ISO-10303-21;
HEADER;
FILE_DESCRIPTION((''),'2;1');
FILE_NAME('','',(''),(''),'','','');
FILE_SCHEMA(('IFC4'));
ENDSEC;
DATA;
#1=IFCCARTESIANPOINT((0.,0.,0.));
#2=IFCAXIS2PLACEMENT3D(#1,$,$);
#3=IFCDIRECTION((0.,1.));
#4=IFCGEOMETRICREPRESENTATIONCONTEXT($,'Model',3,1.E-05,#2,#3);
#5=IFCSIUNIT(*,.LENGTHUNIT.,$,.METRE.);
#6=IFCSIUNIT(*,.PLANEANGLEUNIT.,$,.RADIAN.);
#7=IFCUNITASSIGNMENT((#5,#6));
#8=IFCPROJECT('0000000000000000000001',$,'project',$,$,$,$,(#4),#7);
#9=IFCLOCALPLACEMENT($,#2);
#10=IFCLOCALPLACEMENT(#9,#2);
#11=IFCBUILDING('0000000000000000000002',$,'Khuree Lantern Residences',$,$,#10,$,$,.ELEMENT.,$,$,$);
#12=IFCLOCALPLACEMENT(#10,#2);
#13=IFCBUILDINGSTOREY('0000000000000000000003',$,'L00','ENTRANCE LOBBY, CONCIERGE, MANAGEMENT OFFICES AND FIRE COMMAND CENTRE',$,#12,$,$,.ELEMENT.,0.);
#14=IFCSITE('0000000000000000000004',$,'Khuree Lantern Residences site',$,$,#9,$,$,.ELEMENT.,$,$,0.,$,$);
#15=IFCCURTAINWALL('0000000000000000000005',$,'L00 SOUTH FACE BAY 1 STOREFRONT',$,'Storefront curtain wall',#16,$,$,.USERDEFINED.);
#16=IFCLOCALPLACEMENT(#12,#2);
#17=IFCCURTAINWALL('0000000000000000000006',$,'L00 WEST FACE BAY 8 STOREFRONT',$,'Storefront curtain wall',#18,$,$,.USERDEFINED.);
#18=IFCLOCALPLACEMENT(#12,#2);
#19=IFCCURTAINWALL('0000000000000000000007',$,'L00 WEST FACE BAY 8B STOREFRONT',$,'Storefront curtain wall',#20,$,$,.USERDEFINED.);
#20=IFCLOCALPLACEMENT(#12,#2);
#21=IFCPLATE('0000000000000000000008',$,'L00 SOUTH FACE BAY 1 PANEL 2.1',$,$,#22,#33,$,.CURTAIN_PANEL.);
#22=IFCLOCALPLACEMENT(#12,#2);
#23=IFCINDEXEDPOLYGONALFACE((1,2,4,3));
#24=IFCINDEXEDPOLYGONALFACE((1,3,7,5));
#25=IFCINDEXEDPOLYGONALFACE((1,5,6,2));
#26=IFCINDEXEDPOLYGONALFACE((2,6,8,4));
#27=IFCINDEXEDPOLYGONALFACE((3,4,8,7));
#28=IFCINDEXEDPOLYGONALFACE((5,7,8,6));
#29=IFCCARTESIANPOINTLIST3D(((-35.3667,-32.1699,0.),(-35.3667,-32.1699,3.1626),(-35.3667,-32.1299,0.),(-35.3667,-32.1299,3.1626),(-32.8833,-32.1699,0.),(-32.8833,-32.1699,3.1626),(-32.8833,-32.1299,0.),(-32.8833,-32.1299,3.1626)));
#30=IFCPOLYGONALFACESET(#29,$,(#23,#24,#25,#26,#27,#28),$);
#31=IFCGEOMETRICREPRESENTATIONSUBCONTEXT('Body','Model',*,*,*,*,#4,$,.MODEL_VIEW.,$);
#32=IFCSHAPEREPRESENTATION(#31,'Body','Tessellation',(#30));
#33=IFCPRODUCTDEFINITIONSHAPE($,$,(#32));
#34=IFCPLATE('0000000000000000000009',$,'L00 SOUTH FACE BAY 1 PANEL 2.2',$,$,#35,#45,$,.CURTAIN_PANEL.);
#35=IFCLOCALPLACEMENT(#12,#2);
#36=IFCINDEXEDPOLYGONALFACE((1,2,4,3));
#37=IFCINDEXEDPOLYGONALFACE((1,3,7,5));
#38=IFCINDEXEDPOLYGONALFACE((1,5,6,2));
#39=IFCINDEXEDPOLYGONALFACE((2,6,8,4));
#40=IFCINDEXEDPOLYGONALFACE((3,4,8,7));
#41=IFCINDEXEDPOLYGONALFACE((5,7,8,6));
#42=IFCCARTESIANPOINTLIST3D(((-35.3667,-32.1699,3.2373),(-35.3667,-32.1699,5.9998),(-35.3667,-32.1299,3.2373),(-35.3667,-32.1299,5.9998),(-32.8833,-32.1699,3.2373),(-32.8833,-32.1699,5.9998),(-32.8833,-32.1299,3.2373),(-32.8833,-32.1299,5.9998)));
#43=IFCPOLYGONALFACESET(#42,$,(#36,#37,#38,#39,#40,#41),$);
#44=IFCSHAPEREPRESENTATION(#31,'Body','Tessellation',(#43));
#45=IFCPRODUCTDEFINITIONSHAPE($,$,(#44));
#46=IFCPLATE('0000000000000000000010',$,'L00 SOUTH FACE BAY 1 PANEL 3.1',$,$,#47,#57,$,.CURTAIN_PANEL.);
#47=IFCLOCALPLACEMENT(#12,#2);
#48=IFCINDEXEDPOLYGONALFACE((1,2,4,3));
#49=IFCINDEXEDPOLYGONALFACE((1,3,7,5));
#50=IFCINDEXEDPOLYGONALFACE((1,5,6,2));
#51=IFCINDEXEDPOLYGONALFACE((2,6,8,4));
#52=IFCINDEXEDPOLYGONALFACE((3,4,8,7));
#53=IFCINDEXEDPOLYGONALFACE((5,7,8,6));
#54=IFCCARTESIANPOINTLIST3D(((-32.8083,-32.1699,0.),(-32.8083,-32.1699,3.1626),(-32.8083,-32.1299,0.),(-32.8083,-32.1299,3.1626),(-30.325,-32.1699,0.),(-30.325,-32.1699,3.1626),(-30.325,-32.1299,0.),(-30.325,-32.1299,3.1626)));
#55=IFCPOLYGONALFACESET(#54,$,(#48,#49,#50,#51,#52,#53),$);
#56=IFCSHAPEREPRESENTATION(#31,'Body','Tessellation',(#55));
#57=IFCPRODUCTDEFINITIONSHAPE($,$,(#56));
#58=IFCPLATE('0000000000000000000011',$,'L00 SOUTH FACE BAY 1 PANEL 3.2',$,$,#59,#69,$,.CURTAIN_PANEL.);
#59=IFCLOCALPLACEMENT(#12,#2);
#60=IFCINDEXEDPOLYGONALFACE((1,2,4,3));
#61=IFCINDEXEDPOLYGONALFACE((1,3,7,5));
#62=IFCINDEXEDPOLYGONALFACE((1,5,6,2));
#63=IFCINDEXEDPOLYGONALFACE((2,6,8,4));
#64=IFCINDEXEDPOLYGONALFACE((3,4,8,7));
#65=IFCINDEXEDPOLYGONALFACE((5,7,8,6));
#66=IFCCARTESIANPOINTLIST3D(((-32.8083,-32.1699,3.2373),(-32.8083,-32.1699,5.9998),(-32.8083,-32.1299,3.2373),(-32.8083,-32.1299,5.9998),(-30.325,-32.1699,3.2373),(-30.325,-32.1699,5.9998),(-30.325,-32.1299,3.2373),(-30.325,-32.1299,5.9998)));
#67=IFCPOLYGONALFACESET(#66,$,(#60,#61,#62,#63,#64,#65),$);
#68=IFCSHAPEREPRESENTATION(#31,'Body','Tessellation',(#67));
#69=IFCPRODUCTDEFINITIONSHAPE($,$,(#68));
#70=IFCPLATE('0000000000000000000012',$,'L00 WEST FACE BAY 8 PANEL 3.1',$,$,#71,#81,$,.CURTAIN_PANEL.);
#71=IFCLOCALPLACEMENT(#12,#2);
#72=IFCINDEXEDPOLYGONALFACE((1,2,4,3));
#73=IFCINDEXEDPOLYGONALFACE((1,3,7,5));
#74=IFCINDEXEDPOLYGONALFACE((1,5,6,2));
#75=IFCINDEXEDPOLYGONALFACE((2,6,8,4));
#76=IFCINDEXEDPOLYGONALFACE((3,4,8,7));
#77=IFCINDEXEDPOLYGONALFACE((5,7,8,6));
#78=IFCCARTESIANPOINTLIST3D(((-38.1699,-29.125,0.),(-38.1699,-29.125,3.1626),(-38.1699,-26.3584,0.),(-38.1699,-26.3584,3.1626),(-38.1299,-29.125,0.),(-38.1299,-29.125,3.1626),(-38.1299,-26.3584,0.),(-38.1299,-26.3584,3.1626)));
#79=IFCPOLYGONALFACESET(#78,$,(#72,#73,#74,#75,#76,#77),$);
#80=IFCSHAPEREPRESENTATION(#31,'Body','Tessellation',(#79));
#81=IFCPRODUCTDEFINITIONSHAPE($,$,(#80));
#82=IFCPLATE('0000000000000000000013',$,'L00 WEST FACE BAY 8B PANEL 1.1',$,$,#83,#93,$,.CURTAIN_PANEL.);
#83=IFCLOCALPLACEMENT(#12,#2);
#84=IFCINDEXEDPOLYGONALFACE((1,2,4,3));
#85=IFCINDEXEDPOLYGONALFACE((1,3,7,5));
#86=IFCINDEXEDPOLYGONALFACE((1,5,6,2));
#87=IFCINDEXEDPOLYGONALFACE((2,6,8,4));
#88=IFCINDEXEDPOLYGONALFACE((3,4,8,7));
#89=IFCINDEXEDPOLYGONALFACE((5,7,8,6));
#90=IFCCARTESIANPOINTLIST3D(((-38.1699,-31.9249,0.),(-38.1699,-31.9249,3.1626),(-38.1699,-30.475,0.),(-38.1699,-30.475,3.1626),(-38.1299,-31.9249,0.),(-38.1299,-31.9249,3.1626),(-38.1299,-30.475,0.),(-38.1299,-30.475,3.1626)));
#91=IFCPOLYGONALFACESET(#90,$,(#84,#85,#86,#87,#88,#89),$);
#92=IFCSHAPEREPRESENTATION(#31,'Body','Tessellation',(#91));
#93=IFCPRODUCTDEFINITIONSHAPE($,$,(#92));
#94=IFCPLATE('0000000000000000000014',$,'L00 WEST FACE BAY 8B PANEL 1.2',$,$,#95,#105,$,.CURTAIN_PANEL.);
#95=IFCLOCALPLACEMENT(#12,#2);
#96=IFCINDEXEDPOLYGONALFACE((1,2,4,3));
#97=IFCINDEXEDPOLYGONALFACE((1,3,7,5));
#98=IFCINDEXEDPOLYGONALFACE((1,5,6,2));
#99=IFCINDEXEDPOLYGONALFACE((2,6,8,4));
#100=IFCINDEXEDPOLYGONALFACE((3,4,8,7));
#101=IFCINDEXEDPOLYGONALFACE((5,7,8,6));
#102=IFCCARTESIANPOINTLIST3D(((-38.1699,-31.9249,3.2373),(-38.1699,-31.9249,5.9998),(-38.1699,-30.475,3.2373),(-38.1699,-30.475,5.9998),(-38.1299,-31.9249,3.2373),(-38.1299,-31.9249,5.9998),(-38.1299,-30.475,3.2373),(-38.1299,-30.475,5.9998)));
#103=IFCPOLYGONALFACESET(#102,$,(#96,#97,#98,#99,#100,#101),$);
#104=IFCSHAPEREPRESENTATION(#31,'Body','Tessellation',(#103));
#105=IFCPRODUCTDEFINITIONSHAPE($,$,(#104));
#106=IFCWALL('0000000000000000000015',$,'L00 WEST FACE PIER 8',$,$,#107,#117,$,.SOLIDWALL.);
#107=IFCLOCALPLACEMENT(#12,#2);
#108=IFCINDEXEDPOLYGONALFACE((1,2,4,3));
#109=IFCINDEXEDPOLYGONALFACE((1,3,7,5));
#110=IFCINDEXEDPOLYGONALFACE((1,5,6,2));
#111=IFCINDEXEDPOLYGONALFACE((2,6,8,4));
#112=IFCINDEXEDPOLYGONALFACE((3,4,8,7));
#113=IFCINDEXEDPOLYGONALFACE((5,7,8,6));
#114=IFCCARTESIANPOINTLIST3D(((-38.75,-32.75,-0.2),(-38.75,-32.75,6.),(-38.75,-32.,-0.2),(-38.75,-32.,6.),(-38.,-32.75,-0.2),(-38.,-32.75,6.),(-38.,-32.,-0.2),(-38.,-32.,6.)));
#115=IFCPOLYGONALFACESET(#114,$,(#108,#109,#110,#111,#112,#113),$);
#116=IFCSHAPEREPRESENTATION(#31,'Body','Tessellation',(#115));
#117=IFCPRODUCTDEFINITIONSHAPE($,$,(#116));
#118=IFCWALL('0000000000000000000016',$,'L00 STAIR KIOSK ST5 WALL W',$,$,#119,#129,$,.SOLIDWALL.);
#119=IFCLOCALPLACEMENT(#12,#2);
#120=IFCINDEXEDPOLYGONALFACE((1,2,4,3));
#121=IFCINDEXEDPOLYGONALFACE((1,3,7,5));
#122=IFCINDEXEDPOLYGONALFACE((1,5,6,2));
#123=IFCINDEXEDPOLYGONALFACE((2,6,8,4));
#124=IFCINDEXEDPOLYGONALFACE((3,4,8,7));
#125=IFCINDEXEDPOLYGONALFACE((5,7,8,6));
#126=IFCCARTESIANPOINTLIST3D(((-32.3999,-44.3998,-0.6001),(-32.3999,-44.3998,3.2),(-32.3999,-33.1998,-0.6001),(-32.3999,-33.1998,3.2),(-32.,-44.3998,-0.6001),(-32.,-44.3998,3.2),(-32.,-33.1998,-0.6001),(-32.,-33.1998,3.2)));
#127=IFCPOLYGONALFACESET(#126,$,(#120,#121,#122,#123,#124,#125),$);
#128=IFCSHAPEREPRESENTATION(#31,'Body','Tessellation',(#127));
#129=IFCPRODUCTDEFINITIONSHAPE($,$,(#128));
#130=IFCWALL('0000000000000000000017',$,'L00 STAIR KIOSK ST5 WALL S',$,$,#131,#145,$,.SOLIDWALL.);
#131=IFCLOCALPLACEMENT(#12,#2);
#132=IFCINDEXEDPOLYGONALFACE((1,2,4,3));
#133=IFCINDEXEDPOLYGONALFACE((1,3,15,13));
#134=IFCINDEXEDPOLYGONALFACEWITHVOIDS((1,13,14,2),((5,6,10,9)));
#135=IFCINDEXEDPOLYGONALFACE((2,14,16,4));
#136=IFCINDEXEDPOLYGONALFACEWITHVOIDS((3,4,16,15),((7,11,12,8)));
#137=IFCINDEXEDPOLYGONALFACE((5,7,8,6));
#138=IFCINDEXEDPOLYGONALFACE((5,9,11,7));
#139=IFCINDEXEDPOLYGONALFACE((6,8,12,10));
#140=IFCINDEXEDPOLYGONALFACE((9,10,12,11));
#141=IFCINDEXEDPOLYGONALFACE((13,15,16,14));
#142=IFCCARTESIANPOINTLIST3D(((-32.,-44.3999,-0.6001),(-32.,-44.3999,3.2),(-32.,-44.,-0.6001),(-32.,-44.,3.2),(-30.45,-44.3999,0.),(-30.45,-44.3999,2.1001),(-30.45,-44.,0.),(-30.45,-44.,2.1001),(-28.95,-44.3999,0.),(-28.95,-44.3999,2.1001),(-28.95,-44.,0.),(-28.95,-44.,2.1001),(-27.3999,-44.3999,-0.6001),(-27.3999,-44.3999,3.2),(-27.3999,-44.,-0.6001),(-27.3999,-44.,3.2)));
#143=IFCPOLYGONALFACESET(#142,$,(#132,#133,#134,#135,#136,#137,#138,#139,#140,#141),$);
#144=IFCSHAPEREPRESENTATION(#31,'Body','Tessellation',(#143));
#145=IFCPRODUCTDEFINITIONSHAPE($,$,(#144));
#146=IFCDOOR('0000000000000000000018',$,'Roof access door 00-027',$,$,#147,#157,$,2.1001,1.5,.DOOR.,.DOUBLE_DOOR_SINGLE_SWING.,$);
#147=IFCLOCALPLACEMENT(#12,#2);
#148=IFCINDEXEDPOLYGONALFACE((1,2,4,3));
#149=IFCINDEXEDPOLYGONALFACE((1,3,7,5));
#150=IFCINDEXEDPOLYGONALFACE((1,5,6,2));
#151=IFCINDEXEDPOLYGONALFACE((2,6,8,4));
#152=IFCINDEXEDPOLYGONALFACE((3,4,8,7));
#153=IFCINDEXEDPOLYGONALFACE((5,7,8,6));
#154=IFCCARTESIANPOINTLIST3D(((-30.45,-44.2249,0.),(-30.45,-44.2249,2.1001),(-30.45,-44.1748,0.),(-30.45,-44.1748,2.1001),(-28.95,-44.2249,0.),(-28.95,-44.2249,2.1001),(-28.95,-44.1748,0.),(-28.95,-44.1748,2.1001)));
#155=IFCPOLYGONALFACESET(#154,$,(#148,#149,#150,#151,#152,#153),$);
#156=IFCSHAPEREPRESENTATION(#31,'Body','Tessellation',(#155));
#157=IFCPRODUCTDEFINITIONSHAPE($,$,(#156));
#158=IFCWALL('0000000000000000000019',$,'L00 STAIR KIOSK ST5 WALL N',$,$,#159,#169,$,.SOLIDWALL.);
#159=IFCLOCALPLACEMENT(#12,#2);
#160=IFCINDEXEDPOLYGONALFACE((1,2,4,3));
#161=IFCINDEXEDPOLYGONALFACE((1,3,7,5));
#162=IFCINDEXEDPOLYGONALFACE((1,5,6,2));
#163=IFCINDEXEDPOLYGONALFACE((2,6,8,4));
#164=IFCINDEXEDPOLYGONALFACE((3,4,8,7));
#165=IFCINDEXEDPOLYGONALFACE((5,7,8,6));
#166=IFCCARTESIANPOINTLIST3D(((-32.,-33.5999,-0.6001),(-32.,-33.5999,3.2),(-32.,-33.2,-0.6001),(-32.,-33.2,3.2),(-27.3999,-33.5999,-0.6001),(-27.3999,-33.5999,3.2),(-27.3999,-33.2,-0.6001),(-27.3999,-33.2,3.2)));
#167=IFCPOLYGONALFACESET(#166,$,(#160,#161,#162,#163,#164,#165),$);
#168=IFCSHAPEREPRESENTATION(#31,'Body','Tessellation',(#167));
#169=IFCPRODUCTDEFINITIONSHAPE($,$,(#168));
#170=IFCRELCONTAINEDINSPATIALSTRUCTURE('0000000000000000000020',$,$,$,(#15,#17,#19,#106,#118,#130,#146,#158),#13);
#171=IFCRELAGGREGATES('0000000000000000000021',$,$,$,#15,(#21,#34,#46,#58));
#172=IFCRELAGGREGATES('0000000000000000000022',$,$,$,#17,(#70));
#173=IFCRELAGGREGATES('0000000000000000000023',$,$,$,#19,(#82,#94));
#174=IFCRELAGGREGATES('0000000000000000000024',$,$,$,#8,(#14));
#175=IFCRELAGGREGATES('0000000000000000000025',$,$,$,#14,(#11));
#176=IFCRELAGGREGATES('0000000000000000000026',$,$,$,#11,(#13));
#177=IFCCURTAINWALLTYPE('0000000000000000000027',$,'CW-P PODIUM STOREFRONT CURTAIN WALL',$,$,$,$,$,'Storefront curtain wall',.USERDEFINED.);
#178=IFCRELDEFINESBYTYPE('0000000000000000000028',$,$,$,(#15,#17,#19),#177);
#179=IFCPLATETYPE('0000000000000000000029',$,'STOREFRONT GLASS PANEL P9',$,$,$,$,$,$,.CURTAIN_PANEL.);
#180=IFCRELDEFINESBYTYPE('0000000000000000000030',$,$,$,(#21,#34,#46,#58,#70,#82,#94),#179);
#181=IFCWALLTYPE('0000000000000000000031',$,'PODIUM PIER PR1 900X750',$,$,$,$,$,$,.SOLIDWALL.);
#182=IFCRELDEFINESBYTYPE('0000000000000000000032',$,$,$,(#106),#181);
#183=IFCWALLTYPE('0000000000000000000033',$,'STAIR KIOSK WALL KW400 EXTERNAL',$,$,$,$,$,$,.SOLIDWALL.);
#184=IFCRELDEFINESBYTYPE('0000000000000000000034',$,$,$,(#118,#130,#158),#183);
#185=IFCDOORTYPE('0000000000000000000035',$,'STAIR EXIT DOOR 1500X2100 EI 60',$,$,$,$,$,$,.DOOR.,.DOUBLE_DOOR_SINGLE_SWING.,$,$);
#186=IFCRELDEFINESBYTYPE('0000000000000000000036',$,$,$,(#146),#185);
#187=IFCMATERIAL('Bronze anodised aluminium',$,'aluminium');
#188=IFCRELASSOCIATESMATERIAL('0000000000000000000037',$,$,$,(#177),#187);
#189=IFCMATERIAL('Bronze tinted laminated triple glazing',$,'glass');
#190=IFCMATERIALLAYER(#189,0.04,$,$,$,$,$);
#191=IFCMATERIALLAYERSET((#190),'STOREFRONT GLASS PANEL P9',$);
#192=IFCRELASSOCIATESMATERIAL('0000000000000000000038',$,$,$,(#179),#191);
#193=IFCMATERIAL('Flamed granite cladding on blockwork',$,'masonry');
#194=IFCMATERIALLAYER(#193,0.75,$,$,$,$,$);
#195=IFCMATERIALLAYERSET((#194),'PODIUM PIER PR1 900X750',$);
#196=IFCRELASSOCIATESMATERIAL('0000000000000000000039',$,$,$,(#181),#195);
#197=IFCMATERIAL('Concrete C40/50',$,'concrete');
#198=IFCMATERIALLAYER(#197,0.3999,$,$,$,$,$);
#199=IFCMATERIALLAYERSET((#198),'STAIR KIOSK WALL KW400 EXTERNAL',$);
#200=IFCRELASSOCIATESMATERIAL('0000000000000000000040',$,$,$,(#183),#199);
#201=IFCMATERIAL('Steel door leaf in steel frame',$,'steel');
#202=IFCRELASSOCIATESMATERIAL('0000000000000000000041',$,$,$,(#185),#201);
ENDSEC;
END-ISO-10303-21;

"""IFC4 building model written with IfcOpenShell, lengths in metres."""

from ifc_helpers import new_model, si_unit, direction, frame, frame_2d, origin, origin_2d, place, context, subcontext, project, spatial, rectangle, extrude, material, layer, layer_set, type_object, element, fill, aggregate, save


model = new_model("IFC4")

# Units and contexts
model_context = context("Model", 3, precision=1e-05, world=origin(), true_north=direction((0.0, 1.0)))
body_context = subcontext(model_context, "Body", "Model", "MODEL_VIEW")
ifc_project = project(units=[si_unit("LENGTHUNIT", "METRE"), si_unit("PLANEANGLEUNIT", "RADIAN")], contexts=[model_context])

# Site, building, storey
site_placement = place(None, origin())
site = spatial("IfcSite", under=ifc_project, at=site_placement, Name="Khuree Lantern Residences site", CompositionType="ELEMENT", RefElevation=0.0)
building_placement = place(site_placement, origin())
building = spatial("IfcBuilding", under=site, at=building_placement, Name="Khuree Lantern Residences", CompositionType="ELEMENT")
storey_placement = place(building_placement, origin())
storey = spatial("IfcBuildingStorey", under=building, at=storey_placement, Name="L00", Description="ENTRANCE LOBBY, CONCIERGE, MANAGEMENT OFFICES AND FIRE COMMAND CENTRE", CompositionType="ELEMENT", Elevation=0.0)

# Curtain wall
ifc_material_1 = material(Name="Bronze anodised aluminium", Category="aluminium")
curtain_wall_type = type_object("IfcCurtainWallType", Name="CW-P PODIUM STOREFRONT CURTAIN WALL", ElementType="Storefront curtain wall", PredefinedType="USERDEFINED", material=ifc_material_1)
curtain_wall_1_placement = place(storey_placement, origin())
curtain_wall_1 = element("IfcCurtainWall", 1, at=curtain_wall_1_placement, inside=storey, type_object=curtain_wall_type, Name="L00 SOUTH FACE BAY 1 STOREFRONT", ObjectType="Storefront curtain wall", PredefinedType="USERDEFINED")

# Curtain wall
curtain_wall_2_placement = place(storey_placement, origin())
curtain_wall_2 = element("IfcCurtainWall", 2, at=curtain_wall_2_placement, inside=storey, type_object=curtain_wall_type, Name="L00 WEST FACE BAY 8 STOREFRONT", ObjectType="Storefront curtain wall", PredefinedType="USERDEFINED")

# Curtain wall
curtain_wall_3_placement = place(storey_placement, origin())
curtain_wall_3 = element("IfcCurtainWall", 3, at=curtain_wall_3_placement, inside=storey, type_object=curtain_wall_type, Name="L00 WEST FACE BAY 8B STOREFRONT", ObjectType="Storefront curtain wall", PredefinedType="USERDEFINED")

# Shared definitions
ifc_material_2 = material(Name="Concrete C40/50", Category="concrete")

# Plates
ifc_material_3 = material(Name="Bronze tinted laminated triple glazing", Category="glass")
ifc_layer_1 = layer(ifc_material_3, 0.04)
ifc_layer_set_1 = layer_set([ifc_layer_1], Name="STOREFRONT GLASS PANEL P9")
plate_type = type_object("IfcPlateType", Name="STOREFRONT GLASS PANEL P9", PredefinedType="CURTAIN_PANEL", material=ifc_layer_set_1)
plate_1_placement = place(storey_placement, frame((-34.125, -32.1499, 0.0), z_axis=(0.0, 0.0, 1.0), x_axis=(1.0, 0.0, 0.0)))
plate_1 = element("IfcPlate", 4, at=plate_1_placement, type_object=plate_type, Name="L00 SOUTH FACE BAY 1 PANEL 2.1", PredefinedType="CURTAIN_PANEL", context=body_context, shape_type="SweptSolid", body=[
    extrude(rectangle(XDim=2.4834, YDim=0.04, at=origin_2d()), origin(), (0.0, 0.0, 1.0), 3.1626),
])
plate_2_placement = place(storey_placement, frame((-34.125, -32.1499, 3.2373), z_axis=(0.0, 0.0, 1.0), x_axis=(1.0, 0.0, 0.0)))
plate_2 = element("IfcPlate", 5, at=plate_2_placement, type_object=plate_type, Name="L00 SOUTH FACE BAY 1 PANEL 2.2", PredefinedType="CURTAIN_PANEL", context=body_context, shape_type="SweptSolid", body=[
    extrude(rectangle(XDim=2.4834, YDim=0.04, at=origin_2d()), origin(), (0.0, 0.0, 1.0), 2.7625),
])
plate_3_placement = place(storey_placement, frame((-31.5667, -32.1499, 0.0), z_axis=(0.0, 0.0, 1.0), x_axis=(1.0, 0.0, 0.0)))
plate_3 = element("IfcPlate", 6, at=plate_3_placement, type_object=plate_type, Name="L00 SOUTH FACE BAY 1 PANEL 3.1", PredefinedType="CURTAIN_PANEL", context=body_context, shape_type="SweptSolid", body=[
    extrude(rectangle(XDim=2.4834, YDim=0.04, at=origin_2d()), origin(), (0.0, 0.0, 1.0), 3.1626),
])
plate_4_placement = place(storey_placement, frame((-31.5667, -32.1499, 3.2373), z_axis=(0.0, 0.0, 1.0), x_axis=(1.0, 0.0, 0.0)))
plate_4 = element("IfcPlate", 7, at=plate_4_placement, type_object=plate_type, Name="L00 SOUTH FACE BAY 1 PANEL 3.2", PredefinedType="CURTAIN_PANEL", context=body_context, shape_type="SweptSolid", body=[
    extrude(rectangle(XDim=2.4834, YDim=0.04, at=origin_2d()), origin(), (0.0, 0.0, 1.0), 2.7625),
])
aggregate(curtain_wall_1, [plate_1, plate_2, plate_3, plate_4])
plate_5_placement = place(storey_placement, frame((-38.1499, -27.7417, 0.0), z_axis=(0.0, 0.0, 1.0), x_axis=(0.0, -1.0, 0.0)))
plate_5 = element("IfcPlate", 8, at=plate_5_placement, type_object=plate_type, Name="L00 WEST FACE BAY 8 PANEL 3.1", PredefinedType="CURTAIN_PANEL", context=body_context, shape_type="SweptSolid", body=[
    extrude(rectangle(XDim=2.7666, YDim=0.04, at=origin_2d()), origin(), (0.0, 0.0, 1.0), 3.1626),
])
aggregate(curtain_wall_2, [plate_5])
plate_6_placement = place(storey_placement, frame((-38.1499, -31.2, 0.0), z_axis=(0.0, 0.0, 1.0), x_axis=(0.0, -1.0, 0.0)))
plate_6 = element("IfcPlate", 9, at=plate_6_placement, type_object=plate_type, Name="L00 WEST FACE BAY 8B PANEL 1.1", PredefinedType="CURTAIN_PANEL", context=body_context, shape_type="SweptSolid", body=[
    extrude(rectangle(XDim=1.45, YDim=0.04, at=origin_2d()), origin(), (0.0, 0.0, 1.0), 3.1626),
])
plate_7_placement = place(storey_placement, frame((-38.1499, -31.2, 3.2373), z_axis=(0.0, 0.0, 1.0), x_axis=(0.0, -1.0, 0.0)))
plate_7 = element("IfcPlate", 10, at=plate_7_placement, type_object=plate_type, Name="L00 WEST FACE BAY 8B PANEL 1.2", PredefinedType="CURTAIN_PANEL", context=body_context, shape_type="SweptSolid", body=[
    extrude(rectangle(XDim=1.45, YDim=0.04, at=origin_2d()), origin(), (0.0, 0.0, 1.0), 2.7625),
])
aggregate(curtain_wall_3, [plate_6, plate_7])

# Walls
ifc_material_4 = material(Name="Flamed granite cladding on blockwork", Category="masonry")
ifc_layer_2 = layer(ifc_material_4, 0.75)
ifc_layer_set_2 = layer_set([ifc_layer_2], Name="PODIUM PIER PR1 900X750")
wall_type_1 = type_object("IfcWallType", Name="PODIUM PIER PR1 900X750", PredefinedType="SOLIDWALL", material=ifc_layer_set_2)
wall_1_placement = place(storey_placement, frame((-38.375, -32.0, -0.2), z_axis=(0.0, 0.0, 1.0), x_axis=(0.0, -1.0, 0.0)))
element("IfcWall", 11, at=wall_1_placement, inside=storey, type_object=wall_type_1, Name="L00 WEST FACE PIER 8", PredefinedType="SOLIDWALL", context=body_context, shape_type="SweptSolid", body=[
    extrude(rectangle(XDim=0.75, YDim=0.75, at=frame_2d((0.375, 0.0))), origin(), (0.0, 0.0, 1.0), 6.2),
])
ifc_layer_3 = layer(ifc_material_2, 0.3999)
ifc_layer_set_3 = layer_set([ifc_layer_3], Name="STAIR KIOSK WALL KW400 EXTERNAL")
wall_type_2 = type_object("IfcWallType", Name="STAIR KIOSK WALL KW400 EXTERNAL", PredefinedType="SOLIDWALL", material=ifc_layer_set_3)
wall_2_placement = place(storey_placement, frame((-32.2, -44.3999, -0.6001), z_axis=(0.0, 0.0, 1.0), x_axis=(0.0, 1.0, 0.0)))
element("IfcWall", 12, at=wall_2_placement, inside=storey, type_object=wall_type_2, Name="L00 STAIR KIOSK ST5 WALL W", PredefinedType="SOLIDWALL", context=body_context, shape_type="SweptSolid", body=[
    extrude(rectangle(XDim=11.2, YDim=0.3999, at=frame_2d((5.6001, 0.0))), origin(), (0.0, 0.0, 1.0), 3.8),
])

# Wall, opening, door
wall_3_placement = place(storey_placement, frame((-32.0, -44.2, -0.6001), z_axis=(0.0, 0.0, 1.0), x_axis=(1.0, 0.0, 0.0)))
wall_3 = element("IfcWall", 13, at=wall_3_placement, inside=storey, type_object=wall_type_2, Name="L00 STAIR KIOSK ST5 WALL S", PredefinedType="SOLIDWALL", context=body_context, shape_type="SweptSolid", body=[
    extrude(rectangle(XDim=4.6001, YDim=0.3999, at=frame_2d((2.3, 0.0))), origin(), (0.0, 0.0, 1.0), 3.8),
])
opening_placement = place(wall_3_placement, frame((3.05, 0.0, 0.6001), z_axis=(0.0, 0.0, 1.0), x_axis=(-1.0, 0.0, 0.0)))
opening = element("IfcOpeningElement", 14, at=opening_placement, cuts=wall_3, PredefinedType="OPENING", context=body_context, shape_type="SweptSolid", body=[
    extrude(rectangle(XDim=1.5, YDim=2.1001, at=frame_2d((0.75, 1.05))), frame((0.0, 0.21, 0.0), z_axis=(0.0, -1.0, 0.0), x_axis=(1.0, 0.0, 0.0)), (0.0, 0.0, 1.0), 0.4199),
])
ifc_material_5 = material(Name="Steel door leaf in steel frame", Category="steel")
door_type = type_object("IfcDoorType", Name="STAIR EXIT DOOR 1500X2100 EI 60", OperationType="DOUBLE_DOOR_SINGLE_SWING", PredefinedType="DOOR", material=ifc_material_5)
door_placement = place(opening_placement, origin())
door = element("IfcDoor", 15, at=door_placement, inside=storey, type_object=door_type, Name="Roof access door 00-027", OperationType="DOUBLE_DOOR_SINGLE_SWING", OverallHeight=2.1001, OverallWidth=1.5, PredefinedType="DOOR", context=body_context, shape_type="SweptSolid", body=[
    extrude(rectangle(XDim=1.5, YDim=2.1001, at=frame_2d((0.75, 1.05))), frame((0.0, 0.0249, 0.0), z_axis=(0.0, -1.0, 0.0), x_axis=(1.0, 0.0, 0.0)), (0.0, 0.0, 1.0), 0.05),
])
fill(opening, door)

# Wall
wall_4_placement = place(storey_placement, frame((-32.0, -33.3999, -0.6001), z_axis=(0.0, 0.0, 1.0), x_axis=(1.0, 0.0, 0.0)))
element("IfcWall", 16, at=wall_4_placement, inside=storey, type_object=wall_type_2, Name="L00 STAIR KIOSK ST5 WALL N", PredefinedType="SOLIDWALL", context=body_context, shape_type="SweptSolid", body=[
    extrude(rectangle(XDim=4.6001, YDim=0.3999, at=frame_2d((2.3, 0.0))), origin(), (0.0, 0.0, 1.0), 3.8),
])

save(model, "model.ifc")
